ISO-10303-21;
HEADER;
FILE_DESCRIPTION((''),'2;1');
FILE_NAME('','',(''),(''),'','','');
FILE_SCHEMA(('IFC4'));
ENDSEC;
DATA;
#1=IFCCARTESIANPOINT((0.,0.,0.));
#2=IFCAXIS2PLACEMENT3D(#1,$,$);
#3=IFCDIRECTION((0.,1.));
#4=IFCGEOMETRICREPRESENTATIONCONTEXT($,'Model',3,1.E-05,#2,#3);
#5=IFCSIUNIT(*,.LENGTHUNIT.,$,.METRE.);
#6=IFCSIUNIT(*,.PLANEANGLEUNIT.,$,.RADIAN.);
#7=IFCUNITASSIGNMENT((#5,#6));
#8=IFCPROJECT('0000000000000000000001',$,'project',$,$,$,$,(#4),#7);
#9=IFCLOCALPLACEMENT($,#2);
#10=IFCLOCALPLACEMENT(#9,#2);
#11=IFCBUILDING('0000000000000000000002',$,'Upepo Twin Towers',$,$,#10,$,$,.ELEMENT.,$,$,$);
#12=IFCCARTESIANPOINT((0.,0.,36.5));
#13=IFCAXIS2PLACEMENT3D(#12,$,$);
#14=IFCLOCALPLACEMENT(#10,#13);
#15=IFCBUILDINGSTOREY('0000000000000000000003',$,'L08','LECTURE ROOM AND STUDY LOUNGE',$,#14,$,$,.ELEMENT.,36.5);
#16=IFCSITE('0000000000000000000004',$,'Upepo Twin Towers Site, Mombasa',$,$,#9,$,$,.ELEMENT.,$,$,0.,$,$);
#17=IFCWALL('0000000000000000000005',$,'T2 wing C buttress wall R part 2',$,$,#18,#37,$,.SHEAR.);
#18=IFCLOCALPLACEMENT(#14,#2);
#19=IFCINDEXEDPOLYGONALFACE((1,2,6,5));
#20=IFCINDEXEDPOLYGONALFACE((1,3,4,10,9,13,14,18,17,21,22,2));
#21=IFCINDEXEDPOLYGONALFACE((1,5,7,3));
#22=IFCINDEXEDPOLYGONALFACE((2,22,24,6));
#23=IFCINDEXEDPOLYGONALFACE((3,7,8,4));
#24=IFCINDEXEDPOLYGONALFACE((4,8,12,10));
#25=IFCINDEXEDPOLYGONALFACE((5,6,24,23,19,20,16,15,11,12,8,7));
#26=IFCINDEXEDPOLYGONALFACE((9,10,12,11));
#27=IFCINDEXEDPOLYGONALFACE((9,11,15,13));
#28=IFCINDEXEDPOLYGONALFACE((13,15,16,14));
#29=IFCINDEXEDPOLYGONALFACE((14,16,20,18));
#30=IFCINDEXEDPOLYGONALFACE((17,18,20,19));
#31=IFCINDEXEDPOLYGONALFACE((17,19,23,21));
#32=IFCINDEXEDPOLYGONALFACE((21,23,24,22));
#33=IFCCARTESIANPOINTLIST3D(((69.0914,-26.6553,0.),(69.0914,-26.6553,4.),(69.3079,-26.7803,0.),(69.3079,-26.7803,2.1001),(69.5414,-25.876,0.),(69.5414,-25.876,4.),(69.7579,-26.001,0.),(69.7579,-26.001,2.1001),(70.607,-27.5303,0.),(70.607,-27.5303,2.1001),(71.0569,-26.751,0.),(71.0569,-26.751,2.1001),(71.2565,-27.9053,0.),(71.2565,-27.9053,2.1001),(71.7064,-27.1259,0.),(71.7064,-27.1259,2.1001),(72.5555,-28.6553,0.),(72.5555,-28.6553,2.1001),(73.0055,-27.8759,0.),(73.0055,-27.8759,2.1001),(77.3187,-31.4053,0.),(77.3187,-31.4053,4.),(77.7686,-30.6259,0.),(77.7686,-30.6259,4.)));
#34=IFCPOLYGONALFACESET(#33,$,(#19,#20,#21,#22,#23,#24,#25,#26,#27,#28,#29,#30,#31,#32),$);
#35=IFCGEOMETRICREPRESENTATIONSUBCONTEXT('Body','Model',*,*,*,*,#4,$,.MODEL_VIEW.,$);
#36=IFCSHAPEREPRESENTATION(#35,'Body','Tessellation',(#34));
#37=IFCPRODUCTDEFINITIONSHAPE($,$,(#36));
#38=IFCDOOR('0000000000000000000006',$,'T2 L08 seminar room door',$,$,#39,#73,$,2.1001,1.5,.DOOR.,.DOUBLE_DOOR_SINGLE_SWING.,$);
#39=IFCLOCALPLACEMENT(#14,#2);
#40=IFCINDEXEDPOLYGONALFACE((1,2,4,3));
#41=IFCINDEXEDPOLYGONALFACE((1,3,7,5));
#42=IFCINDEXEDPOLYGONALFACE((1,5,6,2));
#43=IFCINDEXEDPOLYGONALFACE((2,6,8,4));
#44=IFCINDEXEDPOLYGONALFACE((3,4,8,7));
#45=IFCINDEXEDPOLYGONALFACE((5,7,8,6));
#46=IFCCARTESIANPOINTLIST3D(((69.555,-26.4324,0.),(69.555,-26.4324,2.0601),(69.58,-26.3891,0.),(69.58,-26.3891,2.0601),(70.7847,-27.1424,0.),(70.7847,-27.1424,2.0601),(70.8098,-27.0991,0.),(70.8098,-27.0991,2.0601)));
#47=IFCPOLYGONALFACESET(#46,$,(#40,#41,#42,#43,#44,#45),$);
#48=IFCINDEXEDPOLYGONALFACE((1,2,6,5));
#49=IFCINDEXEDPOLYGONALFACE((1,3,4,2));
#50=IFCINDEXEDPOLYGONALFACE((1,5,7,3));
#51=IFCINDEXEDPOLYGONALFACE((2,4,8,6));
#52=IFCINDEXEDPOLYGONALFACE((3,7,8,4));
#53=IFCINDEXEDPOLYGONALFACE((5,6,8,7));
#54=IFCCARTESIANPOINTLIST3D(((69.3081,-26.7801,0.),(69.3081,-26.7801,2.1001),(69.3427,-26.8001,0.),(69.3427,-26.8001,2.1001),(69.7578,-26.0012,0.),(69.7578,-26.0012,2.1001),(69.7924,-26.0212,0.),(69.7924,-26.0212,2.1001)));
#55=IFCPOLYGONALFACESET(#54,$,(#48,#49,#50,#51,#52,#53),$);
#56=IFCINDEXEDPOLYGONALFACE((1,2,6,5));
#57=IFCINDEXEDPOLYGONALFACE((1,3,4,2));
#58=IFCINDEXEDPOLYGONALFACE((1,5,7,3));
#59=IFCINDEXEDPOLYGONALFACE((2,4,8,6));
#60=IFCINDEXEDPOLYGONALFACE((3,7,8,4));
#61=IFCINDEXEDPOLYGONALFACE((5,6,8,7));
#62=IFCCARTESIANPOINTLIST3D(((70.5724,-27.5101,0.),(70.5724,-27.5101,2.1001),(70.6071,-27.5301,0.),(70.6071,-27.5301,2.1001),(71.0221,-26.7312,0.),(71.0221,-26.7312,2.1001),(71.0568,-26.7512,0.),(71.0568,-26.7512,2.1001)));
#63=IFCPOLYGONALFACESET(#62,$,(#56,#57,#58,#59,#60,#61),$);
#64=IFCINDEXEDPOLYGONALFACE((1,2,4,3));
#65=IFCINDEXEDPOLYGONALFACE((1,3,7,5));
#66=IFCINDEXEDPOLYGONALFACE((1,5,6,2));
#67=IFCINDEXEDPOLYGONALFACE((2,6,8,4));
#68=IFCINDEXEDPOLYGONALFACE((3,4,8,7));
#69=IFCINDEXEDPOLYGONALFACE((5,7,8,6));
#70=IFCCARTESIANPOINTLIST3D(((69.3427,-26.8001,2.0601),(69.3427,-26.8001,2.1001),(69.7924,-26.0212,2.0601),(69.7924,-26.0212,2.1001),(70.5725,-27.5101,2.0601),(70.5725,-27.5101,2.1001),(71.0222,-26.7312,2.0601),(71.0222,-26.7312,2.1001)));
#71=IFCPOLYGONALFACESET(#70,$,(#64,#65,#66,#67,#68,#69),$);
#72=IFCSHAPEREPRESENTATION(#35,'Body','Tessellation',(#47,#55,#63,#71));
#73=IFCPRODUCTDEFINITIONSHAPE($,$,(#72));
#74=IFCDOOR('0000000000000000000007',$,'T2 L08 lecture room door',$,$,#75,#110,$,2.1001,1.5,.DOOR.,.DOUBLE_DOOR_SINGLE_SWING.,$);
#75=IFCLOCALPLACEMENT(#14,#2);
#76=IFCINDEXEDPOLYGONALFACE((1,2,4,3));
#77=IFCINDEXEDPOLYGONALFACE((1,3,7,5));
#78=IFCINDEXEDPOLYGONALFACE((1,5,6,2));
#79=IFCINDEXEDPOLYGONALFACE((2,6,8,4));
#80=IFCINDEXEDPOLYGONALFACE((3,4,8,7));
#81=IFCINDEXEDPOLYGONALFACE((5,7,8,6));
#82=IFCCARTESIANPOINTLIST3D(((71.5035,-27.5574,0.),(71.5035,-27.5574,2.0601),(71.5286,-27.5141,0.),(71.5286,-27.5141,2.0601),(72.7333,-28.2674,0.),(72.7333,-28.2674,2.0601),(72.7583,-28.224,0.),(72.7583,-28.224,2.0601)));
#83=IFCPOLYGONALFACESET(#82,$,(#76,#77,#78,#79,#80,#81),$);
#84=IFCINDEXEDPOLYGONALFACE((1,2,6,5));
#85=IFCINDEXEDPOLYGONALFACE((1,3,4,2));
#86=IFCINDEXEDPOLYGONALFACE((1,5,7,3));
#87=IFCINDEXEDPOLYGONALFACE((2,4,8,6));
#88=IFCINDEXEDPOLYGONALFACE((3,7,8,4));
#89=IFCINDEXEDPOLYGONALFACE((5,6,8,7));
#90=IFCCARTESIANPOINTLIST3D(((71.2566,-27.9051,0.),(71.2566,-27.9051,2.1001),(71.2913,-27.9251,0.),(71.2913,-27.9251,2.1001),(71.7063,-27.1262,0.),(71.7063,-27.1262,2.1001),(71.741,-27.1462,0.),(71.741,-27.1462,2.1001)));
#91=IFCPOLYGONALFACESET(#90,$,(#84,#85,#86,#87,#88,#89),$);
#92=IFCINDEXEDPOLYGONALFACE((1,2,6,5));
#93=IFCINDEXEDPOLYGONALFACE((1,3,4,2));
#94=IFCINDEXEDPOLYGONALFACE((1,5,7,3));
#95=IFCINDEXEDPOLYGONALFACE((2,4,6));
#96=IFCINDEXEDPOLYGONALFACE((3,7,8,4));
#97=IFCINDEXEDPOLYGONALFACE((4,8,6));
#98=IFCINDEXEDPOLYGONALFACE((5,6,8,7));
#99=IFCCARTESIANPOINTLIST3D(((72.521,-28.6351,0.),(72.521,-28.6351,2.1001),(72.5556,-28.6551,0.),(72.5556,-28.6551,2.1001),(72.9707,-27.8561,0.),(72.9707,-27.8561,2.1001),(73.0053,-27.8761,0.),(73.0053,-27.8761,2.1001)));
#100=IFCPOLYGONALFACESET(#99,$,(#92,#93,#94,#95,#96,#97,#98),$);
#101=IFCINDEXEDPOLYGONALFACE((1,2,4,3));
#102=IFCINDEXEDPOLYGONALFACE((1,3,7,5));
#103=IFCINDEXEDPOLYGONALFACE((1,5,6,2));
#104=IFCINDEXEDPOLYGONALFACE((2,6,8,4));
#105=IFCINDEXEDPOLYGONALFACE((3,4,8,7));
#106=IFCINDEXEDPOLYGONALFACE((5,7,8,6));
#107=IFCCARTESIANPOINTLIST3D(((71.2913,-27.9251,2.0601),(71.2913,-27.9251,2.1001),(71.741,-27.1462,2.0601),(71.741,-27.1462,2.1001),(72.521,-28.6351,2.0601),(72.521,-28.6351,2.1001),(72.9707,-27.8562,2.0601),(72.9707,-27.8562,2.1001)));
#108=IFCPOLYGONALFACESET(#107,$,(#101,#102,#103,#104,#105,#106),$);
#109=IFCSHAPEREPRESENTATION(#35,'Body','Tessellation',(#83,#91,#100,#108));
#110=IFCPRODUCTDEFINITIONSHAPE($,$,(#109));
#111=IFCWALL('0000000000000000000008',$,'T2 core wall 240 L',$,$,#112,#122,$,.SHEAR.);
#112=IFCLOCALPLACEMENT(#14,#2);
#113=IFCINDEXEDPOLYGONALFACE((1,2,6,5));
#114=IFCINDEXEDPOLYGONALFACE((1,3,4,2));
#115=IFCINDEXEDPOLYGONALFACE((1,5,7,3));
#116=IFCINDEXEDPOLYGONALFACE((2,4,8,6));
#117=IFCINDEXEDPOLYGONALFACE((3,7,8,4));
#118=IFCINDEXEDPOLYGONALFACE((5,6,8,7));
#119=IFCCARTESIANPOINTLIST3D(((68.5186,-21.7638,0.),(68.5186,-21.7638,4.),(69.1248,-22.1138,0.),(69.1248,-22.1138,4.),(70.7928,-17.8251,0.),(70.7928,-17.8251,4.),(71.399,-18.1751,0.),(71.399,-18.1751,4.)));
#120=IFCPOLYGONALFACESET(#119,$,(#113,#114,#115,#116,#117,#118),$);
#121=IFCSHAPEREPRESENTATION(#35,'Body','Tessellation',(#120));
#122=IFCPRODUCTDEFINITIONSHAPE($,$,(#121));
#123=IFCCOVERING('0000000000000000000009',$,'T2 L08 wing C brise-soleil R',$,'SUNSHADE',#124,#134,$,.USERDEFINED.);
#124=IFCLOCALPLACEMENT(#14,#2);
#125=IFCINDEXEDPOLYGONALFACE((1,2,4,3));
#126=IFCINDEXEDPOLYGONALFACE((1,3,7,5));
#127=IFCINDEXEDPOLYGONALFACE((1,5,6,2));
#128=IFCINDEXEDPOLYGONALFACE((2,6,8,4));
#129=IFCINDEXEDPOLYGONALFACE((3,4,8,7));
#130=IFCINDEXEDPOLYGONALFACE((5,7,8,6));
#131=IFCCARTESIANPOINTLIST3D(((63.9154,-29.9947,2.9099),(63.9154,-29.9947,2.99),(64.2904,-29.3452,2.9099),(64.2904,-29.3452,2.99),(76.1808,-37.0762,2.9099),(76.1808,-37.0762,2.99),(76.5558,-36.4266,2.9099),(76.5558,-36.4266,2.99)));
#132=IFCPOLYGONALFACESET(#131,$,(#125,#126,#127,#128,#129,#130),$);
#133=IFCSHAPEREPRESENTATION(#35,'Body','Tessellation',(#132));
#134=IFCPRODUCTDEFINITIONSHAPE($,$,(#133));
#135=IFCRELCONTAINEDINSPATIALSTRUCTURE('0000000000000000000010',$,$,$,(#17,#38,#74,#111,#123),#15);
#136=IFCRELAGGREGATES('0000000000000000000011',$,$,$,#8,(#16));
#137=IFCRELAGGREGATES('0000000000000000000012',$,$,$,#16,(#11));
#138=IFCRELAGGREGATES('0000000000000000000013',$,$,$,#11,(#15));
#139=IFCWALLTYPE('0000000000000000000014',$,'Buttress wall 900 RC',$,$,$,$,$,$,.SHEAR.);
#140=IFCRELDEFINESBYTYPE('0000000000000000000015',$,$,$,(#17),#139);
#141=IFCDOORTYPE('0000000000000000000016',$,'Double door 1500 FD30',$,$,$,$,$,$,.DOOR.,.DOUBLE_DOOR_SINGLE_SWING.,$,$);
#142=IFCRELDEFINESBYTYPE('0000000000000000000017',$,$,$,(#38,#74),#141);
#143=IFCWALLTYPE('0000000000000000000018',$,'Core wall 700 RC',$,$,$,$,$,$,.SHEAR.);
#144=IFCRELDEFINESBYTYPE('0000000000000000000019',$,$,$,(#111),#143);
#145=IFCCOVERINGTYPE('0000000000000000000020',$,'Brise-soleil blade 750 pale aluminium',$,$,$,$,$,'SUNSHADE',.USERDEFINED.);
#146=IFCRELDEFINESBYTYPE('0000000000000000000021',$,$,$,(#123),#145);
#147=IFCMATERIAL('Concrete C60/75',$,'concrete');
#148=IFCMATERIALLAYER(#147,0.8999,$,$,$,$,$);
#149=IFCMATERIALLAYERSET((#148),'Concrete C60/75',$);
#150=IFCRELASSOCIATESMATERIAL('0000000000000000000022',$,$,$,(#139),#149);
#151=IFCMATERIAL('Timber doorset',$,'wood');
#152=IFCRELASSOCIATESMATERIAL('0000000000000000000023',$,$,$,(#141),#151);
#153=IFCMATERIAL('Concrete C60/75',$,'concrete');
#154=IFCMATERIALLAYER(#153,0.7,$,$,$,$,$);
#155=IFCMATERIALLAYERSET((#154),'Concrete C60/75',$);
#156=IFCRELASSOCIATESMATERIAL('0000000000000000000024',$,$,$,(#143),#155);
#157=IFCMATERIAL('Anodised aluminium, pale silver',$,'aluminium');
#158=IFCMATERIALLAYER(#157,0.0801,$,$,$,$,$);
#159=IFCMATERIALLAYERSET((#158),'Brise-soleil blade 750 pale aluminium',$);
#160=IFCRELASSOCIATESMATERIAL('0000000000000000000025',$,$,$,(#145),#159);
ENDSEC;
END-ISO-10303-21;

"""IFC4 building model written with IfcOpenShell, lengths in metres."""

from ifc_helpers import new_model, si_unit, direction, frame, frame_2d, origin, origin_2d, place, context, subcontext, project, spatial, rectangle, extrude, material, layer, layer_set, type_object, element, fill, save


model = new_model("IFC4")

# Units and contexts
model_context = context("Model", 3, precision=1e-05, world=origin(), true_north=direction((0.0, 1.0)))
body_context = subcontext(model_context, "Body", "Model", "MODEL_VIEW")
ifc_project = project(units=[si_unit("LENGTHUNIT", "METRE"), si_unit("PLANEANGLEUNIT", "RADIAN")], contexts=[model_context])

# Site, building, storey
site_placement = place(None, origin())
site = spatial("IfcSite", under=ifc_project, at=site_placement, Name="Upepo Twin Towers Site, Mombasa", CompositionType="ELEMENT", RefElevation=0.0)
building_placement = place(site_placement, origin())
building = spatial("IfcBuilding", under=site, at=building_placement, Name="Upepo Twin Towers", CompositionType="ELEMENT")
storey_placement = place(building_placement, frame((0.0, 0.0, 36.5)))
storey = spatial("IfcBuildingStorey", under=building, at=storey_placement, Name="L08", Description="LECTURE ROOM AND STUDY LOUNGE", CompositionType="ELEMENT", Elevation=36.5)

# Wall, openings, doors
ifc_material_1 = material(Name="Concrete C60/75", Category="concrete")
ifc_layer_1 = layer(ifc_material_1, 0.8999)
ifc_layer_set_1 = layer_set([ifc_layer_1], Name="Concrete C60/75")
wall_type_1 = type_object("IfcWallType", Name="Buttress wall 900 RC", PredefinedType="SHEAR", material=ifc_layer_set_1)
ifc_material_2 = material(Name="Timber doorset", Category="wood")
door_type = type_object("IfcDoorType", Name="Double door 1500 FD30", OperationType="DOUBLE_DOOR_SINGLE_SWING", PredefinedType="DOOR", material=ifc_material_2)
wall_1_placement = place(storey_placement, frame((69.3164, -26.2656, 0.0), z_axis=(0.0, 0.0, 1.0), x_axis=(0.866027, -0.499998, 0.0)))
wall_1 = element("IfcWall", 1, at=wall_1_placement, inside=storey, type_object=wall_type_1, Name="T2 wing C buttress wall R part 2", PredefinedType="SHEAR", context=body_context, shape_type="SweptSolid", body=[
    extrude(rectangle(XDim=9.5, YDim=0.8999, at=frame_2d((4.75, 0.0))), origin(), (0.0, 0.0, 1.0), 4.0),
])
opening_1_placement = place(wall_1_placement, frame((0.25, 0.0, 0.0)))
opening_1 = element("IfcOpeningElement", 2, at=opening_1_placement, cuts=wall_1, PredefinedType="OPENING", context=body_context, shape_type="SweptSolid", body=[
    extrude(rectangle(XDim=1.5, YDim=2.1001, at=frame_2d((0.75, 1.05))), frame((0.0, 0.46, 0.0), z_axis=(0.0, -1.0, 0.0), x_axis=(1.0, 0.0, 0.0)), (0.0, 0.0, 1.0), 0.9199),
])
opening_2_placement = place(wall_1_placement, frame((2.5, 0.0, 0.0)))
opening_2 = element("IfcOpeningElement", 3, at=opening_2_placement, cuts=wall_1, PredefinedType="OPENING", context=body_context, shape_type="SweptSolid", body=[
    extrude(rectangle(XDim=1.5, YDim=2.1001, at=frame_2d((0.75, 1.05))), frame((0.0, 0.46, 0.0), z_axis=(0.0, -1.0, 0.0), x_axis=(1.0, 0.0, 0.0)), (0.0, 0.0, 1.0), 0.9199),
])
door_1_placement = place(opening_1_placement, origin())
door_1 = element("IfcDoor", 4, at=door_1_placement, inside=storey, type_object=door_type, Name="T2 L08 seminar room door", OperationType="DOUBLE_DOOR_SINGLE_SWING", OverallHeight=2.1001, OverallWidth=1.5, PredefinedType="DOOR", context=body_context, shape_type="SweptSolid", body=[
    extrude(rectangle(XDim=1.42, YDim=2.0601, at=frame_2d((0.75, 1.03))), frame((0.0, 0.0249, 0.0), z_axis=(0.0, -1.0, 0.0), x_axis=(1.0, 0.0, 0.0)), (0.0, 0.0, 1.0), 0.05),
    extrude(rectangle(XDim=0.04, YDim=2.1001, at=frame_2d((0.02, 1.05))), frame((0.0, 0.4497, 0.0), z_axis=(0.0, -1.0, 0.0), x_axis=(1.0, 0.0, 0.0)), (0.0, 0.0, 1.0), 0.8994),
    extrude(rectangle(XDim=0.04, YDim=2.1001, at=frame_2d((1.48, 1.05))), frame((0.0, 0.4497, 0.0), z_axis=(0.0, -1.0, 0.0), x_axis=(1.0, 0.0, 0.0)), (0.0, 0.0, 1.0), 0.8994),
    extrude(rectangle(XDim=1.42, YDim=0.04, at=frame_2d((0.75, 2.0801))), frame((0.0, 0.4497, 0.0), z_axis=(0.0, -1.0, 0.0), x_axis=(1.0, 0.0, 0.0)), (0.0, 0.0, 1.0), 0.8994),
])
fill(opening_1, door_1)
door_2_placement = place(opening_2_placement, origin())
door_2 = element("IfcDoor", 5, at=door_2_placement, inside=storey, type_object=door_type, Name="T2 L08 lecture room door", OperationType="DOUBLE_DOOR_SINGLE_SWING", OverallHeight=2.1001, OverallWidth=1.5, PredefinedType="DOOR", context=body_context, shape_type="SweptSolid", body=[
    extrude(rectangle(XDim=1.42, YDim=2.0601, at=frame_2d((0.75, 1.03))), frame((0.0, 0.0249, 0.0), z_axis=(0.0, -1.0, 0.0), x_axis=(1.0, 0.0, 0.0)), (0.0, 0.0, 1.0), 0.05),
    extrude(rectangle(XDim=0.04, YDim=2.1001, at=frame_2d((0.02, 1.05))), frame((0.0, 0.4497, 0.0), z_axis=(0.0, -1.0, 0.0), x_axis=(1.0, 0.0, 0.0)), (0.0, 0.0, 1.0), 0.8994),
    extrude(rectangle(XDim=0.04, YDim=2.1001, at=frame_2d((1.48, 1.05))), frame((0.0, 0.4497, 0.0), z_axis=(0.0, -1.0, 0.0), x_axis=(1.0, 0.0, 0.0)), (0.0, 0.0, 1.0), 0.8994),
    extrude(rectangle(XDim=1.42, YDim=0.04, at=frame_2d((0.75, 2.0801))), frame((0.0, 0.4497, 0.0), z_axis=(0.0, -1.0, 0.0), x_axis=(1.0, 0.0, 0.0)), (0.0, 0.0, 1.0), 0.8994),
])
fill(opening_2, door_2)

# Wall
ifc_material_3 = material(Name="Concrete C60/75", Category="concrete")
ifc_layer_2 = layer(ifc_material_3, 0.7)
ifc_layer_set_2 = layer_set([ifc_layer_2], Name="Concrete C60/75")
wall_type_2 = type_object("IfcWallType", Name="Core wall 700 RC", PredefinedType="SHEAR", material=ifc_layer_set_2)
wall_2_placement = place(storey_placement, frame((68.8218, -21.9387, 0.0), z_axis=(0.0, 0.0, 1.0), x_axis=(0.500024, 0.866011, 0.0)))
element("IfcWall", 6, at=wall_2_placement, inside=storey, type_object=wall_type_2, Name="T2 core wall 240 L", PredefinedType="SHEAR", context=body_context, shape_type="SweptSolid", body=[
    extrude(rectangle(XDim=4.5481, YDim=0.7, at=frame_2d((2.2739, 0.0))), origin(), (0.0, 0.0, 1.0), 4.0),
])

# Covering
ifc_material_4 = material(Name="Anodised aluminium, pale silver", Category="aluminium")
ifc_layer_3 = layer(ifc_material_4, 0.0801)
ifc_layer_set_3 = layer_set([ifc_layer_3], Name="Brise-soleil blade 750 pale aluminium")
covering_type = type_object("IfcCoveringType", Name="Brise-soleil blade 750 pale aluminium", ElementType="SUNSHADE", PredefinedType="USERDEFINED", material=ifc_layer_set_3)
covering_placement = place(storey_placement, frame((70.2356, -33.2107, 2.9099), z_axis=(0.0, 0.0, 1.0), x_axis=(0.866025, -0.5, 0.0)))
element("IfcCovering", 7, at=covering_placement, inside=storey, type_object=covering_type, Name="T2 L08 wing C brise-soleil R", ObjectType="SUNSHADE", PredefinedType="USERDEFINED", context=body_context, shape_type="SweptSolid", body=[
    extrude(rectangle(XDim=14.1628, YDim=0.75, at=origin_2d()), origin(), (0.0, 0.0, 1.0), 0.0801),
])

save(model, "model.ifc")
